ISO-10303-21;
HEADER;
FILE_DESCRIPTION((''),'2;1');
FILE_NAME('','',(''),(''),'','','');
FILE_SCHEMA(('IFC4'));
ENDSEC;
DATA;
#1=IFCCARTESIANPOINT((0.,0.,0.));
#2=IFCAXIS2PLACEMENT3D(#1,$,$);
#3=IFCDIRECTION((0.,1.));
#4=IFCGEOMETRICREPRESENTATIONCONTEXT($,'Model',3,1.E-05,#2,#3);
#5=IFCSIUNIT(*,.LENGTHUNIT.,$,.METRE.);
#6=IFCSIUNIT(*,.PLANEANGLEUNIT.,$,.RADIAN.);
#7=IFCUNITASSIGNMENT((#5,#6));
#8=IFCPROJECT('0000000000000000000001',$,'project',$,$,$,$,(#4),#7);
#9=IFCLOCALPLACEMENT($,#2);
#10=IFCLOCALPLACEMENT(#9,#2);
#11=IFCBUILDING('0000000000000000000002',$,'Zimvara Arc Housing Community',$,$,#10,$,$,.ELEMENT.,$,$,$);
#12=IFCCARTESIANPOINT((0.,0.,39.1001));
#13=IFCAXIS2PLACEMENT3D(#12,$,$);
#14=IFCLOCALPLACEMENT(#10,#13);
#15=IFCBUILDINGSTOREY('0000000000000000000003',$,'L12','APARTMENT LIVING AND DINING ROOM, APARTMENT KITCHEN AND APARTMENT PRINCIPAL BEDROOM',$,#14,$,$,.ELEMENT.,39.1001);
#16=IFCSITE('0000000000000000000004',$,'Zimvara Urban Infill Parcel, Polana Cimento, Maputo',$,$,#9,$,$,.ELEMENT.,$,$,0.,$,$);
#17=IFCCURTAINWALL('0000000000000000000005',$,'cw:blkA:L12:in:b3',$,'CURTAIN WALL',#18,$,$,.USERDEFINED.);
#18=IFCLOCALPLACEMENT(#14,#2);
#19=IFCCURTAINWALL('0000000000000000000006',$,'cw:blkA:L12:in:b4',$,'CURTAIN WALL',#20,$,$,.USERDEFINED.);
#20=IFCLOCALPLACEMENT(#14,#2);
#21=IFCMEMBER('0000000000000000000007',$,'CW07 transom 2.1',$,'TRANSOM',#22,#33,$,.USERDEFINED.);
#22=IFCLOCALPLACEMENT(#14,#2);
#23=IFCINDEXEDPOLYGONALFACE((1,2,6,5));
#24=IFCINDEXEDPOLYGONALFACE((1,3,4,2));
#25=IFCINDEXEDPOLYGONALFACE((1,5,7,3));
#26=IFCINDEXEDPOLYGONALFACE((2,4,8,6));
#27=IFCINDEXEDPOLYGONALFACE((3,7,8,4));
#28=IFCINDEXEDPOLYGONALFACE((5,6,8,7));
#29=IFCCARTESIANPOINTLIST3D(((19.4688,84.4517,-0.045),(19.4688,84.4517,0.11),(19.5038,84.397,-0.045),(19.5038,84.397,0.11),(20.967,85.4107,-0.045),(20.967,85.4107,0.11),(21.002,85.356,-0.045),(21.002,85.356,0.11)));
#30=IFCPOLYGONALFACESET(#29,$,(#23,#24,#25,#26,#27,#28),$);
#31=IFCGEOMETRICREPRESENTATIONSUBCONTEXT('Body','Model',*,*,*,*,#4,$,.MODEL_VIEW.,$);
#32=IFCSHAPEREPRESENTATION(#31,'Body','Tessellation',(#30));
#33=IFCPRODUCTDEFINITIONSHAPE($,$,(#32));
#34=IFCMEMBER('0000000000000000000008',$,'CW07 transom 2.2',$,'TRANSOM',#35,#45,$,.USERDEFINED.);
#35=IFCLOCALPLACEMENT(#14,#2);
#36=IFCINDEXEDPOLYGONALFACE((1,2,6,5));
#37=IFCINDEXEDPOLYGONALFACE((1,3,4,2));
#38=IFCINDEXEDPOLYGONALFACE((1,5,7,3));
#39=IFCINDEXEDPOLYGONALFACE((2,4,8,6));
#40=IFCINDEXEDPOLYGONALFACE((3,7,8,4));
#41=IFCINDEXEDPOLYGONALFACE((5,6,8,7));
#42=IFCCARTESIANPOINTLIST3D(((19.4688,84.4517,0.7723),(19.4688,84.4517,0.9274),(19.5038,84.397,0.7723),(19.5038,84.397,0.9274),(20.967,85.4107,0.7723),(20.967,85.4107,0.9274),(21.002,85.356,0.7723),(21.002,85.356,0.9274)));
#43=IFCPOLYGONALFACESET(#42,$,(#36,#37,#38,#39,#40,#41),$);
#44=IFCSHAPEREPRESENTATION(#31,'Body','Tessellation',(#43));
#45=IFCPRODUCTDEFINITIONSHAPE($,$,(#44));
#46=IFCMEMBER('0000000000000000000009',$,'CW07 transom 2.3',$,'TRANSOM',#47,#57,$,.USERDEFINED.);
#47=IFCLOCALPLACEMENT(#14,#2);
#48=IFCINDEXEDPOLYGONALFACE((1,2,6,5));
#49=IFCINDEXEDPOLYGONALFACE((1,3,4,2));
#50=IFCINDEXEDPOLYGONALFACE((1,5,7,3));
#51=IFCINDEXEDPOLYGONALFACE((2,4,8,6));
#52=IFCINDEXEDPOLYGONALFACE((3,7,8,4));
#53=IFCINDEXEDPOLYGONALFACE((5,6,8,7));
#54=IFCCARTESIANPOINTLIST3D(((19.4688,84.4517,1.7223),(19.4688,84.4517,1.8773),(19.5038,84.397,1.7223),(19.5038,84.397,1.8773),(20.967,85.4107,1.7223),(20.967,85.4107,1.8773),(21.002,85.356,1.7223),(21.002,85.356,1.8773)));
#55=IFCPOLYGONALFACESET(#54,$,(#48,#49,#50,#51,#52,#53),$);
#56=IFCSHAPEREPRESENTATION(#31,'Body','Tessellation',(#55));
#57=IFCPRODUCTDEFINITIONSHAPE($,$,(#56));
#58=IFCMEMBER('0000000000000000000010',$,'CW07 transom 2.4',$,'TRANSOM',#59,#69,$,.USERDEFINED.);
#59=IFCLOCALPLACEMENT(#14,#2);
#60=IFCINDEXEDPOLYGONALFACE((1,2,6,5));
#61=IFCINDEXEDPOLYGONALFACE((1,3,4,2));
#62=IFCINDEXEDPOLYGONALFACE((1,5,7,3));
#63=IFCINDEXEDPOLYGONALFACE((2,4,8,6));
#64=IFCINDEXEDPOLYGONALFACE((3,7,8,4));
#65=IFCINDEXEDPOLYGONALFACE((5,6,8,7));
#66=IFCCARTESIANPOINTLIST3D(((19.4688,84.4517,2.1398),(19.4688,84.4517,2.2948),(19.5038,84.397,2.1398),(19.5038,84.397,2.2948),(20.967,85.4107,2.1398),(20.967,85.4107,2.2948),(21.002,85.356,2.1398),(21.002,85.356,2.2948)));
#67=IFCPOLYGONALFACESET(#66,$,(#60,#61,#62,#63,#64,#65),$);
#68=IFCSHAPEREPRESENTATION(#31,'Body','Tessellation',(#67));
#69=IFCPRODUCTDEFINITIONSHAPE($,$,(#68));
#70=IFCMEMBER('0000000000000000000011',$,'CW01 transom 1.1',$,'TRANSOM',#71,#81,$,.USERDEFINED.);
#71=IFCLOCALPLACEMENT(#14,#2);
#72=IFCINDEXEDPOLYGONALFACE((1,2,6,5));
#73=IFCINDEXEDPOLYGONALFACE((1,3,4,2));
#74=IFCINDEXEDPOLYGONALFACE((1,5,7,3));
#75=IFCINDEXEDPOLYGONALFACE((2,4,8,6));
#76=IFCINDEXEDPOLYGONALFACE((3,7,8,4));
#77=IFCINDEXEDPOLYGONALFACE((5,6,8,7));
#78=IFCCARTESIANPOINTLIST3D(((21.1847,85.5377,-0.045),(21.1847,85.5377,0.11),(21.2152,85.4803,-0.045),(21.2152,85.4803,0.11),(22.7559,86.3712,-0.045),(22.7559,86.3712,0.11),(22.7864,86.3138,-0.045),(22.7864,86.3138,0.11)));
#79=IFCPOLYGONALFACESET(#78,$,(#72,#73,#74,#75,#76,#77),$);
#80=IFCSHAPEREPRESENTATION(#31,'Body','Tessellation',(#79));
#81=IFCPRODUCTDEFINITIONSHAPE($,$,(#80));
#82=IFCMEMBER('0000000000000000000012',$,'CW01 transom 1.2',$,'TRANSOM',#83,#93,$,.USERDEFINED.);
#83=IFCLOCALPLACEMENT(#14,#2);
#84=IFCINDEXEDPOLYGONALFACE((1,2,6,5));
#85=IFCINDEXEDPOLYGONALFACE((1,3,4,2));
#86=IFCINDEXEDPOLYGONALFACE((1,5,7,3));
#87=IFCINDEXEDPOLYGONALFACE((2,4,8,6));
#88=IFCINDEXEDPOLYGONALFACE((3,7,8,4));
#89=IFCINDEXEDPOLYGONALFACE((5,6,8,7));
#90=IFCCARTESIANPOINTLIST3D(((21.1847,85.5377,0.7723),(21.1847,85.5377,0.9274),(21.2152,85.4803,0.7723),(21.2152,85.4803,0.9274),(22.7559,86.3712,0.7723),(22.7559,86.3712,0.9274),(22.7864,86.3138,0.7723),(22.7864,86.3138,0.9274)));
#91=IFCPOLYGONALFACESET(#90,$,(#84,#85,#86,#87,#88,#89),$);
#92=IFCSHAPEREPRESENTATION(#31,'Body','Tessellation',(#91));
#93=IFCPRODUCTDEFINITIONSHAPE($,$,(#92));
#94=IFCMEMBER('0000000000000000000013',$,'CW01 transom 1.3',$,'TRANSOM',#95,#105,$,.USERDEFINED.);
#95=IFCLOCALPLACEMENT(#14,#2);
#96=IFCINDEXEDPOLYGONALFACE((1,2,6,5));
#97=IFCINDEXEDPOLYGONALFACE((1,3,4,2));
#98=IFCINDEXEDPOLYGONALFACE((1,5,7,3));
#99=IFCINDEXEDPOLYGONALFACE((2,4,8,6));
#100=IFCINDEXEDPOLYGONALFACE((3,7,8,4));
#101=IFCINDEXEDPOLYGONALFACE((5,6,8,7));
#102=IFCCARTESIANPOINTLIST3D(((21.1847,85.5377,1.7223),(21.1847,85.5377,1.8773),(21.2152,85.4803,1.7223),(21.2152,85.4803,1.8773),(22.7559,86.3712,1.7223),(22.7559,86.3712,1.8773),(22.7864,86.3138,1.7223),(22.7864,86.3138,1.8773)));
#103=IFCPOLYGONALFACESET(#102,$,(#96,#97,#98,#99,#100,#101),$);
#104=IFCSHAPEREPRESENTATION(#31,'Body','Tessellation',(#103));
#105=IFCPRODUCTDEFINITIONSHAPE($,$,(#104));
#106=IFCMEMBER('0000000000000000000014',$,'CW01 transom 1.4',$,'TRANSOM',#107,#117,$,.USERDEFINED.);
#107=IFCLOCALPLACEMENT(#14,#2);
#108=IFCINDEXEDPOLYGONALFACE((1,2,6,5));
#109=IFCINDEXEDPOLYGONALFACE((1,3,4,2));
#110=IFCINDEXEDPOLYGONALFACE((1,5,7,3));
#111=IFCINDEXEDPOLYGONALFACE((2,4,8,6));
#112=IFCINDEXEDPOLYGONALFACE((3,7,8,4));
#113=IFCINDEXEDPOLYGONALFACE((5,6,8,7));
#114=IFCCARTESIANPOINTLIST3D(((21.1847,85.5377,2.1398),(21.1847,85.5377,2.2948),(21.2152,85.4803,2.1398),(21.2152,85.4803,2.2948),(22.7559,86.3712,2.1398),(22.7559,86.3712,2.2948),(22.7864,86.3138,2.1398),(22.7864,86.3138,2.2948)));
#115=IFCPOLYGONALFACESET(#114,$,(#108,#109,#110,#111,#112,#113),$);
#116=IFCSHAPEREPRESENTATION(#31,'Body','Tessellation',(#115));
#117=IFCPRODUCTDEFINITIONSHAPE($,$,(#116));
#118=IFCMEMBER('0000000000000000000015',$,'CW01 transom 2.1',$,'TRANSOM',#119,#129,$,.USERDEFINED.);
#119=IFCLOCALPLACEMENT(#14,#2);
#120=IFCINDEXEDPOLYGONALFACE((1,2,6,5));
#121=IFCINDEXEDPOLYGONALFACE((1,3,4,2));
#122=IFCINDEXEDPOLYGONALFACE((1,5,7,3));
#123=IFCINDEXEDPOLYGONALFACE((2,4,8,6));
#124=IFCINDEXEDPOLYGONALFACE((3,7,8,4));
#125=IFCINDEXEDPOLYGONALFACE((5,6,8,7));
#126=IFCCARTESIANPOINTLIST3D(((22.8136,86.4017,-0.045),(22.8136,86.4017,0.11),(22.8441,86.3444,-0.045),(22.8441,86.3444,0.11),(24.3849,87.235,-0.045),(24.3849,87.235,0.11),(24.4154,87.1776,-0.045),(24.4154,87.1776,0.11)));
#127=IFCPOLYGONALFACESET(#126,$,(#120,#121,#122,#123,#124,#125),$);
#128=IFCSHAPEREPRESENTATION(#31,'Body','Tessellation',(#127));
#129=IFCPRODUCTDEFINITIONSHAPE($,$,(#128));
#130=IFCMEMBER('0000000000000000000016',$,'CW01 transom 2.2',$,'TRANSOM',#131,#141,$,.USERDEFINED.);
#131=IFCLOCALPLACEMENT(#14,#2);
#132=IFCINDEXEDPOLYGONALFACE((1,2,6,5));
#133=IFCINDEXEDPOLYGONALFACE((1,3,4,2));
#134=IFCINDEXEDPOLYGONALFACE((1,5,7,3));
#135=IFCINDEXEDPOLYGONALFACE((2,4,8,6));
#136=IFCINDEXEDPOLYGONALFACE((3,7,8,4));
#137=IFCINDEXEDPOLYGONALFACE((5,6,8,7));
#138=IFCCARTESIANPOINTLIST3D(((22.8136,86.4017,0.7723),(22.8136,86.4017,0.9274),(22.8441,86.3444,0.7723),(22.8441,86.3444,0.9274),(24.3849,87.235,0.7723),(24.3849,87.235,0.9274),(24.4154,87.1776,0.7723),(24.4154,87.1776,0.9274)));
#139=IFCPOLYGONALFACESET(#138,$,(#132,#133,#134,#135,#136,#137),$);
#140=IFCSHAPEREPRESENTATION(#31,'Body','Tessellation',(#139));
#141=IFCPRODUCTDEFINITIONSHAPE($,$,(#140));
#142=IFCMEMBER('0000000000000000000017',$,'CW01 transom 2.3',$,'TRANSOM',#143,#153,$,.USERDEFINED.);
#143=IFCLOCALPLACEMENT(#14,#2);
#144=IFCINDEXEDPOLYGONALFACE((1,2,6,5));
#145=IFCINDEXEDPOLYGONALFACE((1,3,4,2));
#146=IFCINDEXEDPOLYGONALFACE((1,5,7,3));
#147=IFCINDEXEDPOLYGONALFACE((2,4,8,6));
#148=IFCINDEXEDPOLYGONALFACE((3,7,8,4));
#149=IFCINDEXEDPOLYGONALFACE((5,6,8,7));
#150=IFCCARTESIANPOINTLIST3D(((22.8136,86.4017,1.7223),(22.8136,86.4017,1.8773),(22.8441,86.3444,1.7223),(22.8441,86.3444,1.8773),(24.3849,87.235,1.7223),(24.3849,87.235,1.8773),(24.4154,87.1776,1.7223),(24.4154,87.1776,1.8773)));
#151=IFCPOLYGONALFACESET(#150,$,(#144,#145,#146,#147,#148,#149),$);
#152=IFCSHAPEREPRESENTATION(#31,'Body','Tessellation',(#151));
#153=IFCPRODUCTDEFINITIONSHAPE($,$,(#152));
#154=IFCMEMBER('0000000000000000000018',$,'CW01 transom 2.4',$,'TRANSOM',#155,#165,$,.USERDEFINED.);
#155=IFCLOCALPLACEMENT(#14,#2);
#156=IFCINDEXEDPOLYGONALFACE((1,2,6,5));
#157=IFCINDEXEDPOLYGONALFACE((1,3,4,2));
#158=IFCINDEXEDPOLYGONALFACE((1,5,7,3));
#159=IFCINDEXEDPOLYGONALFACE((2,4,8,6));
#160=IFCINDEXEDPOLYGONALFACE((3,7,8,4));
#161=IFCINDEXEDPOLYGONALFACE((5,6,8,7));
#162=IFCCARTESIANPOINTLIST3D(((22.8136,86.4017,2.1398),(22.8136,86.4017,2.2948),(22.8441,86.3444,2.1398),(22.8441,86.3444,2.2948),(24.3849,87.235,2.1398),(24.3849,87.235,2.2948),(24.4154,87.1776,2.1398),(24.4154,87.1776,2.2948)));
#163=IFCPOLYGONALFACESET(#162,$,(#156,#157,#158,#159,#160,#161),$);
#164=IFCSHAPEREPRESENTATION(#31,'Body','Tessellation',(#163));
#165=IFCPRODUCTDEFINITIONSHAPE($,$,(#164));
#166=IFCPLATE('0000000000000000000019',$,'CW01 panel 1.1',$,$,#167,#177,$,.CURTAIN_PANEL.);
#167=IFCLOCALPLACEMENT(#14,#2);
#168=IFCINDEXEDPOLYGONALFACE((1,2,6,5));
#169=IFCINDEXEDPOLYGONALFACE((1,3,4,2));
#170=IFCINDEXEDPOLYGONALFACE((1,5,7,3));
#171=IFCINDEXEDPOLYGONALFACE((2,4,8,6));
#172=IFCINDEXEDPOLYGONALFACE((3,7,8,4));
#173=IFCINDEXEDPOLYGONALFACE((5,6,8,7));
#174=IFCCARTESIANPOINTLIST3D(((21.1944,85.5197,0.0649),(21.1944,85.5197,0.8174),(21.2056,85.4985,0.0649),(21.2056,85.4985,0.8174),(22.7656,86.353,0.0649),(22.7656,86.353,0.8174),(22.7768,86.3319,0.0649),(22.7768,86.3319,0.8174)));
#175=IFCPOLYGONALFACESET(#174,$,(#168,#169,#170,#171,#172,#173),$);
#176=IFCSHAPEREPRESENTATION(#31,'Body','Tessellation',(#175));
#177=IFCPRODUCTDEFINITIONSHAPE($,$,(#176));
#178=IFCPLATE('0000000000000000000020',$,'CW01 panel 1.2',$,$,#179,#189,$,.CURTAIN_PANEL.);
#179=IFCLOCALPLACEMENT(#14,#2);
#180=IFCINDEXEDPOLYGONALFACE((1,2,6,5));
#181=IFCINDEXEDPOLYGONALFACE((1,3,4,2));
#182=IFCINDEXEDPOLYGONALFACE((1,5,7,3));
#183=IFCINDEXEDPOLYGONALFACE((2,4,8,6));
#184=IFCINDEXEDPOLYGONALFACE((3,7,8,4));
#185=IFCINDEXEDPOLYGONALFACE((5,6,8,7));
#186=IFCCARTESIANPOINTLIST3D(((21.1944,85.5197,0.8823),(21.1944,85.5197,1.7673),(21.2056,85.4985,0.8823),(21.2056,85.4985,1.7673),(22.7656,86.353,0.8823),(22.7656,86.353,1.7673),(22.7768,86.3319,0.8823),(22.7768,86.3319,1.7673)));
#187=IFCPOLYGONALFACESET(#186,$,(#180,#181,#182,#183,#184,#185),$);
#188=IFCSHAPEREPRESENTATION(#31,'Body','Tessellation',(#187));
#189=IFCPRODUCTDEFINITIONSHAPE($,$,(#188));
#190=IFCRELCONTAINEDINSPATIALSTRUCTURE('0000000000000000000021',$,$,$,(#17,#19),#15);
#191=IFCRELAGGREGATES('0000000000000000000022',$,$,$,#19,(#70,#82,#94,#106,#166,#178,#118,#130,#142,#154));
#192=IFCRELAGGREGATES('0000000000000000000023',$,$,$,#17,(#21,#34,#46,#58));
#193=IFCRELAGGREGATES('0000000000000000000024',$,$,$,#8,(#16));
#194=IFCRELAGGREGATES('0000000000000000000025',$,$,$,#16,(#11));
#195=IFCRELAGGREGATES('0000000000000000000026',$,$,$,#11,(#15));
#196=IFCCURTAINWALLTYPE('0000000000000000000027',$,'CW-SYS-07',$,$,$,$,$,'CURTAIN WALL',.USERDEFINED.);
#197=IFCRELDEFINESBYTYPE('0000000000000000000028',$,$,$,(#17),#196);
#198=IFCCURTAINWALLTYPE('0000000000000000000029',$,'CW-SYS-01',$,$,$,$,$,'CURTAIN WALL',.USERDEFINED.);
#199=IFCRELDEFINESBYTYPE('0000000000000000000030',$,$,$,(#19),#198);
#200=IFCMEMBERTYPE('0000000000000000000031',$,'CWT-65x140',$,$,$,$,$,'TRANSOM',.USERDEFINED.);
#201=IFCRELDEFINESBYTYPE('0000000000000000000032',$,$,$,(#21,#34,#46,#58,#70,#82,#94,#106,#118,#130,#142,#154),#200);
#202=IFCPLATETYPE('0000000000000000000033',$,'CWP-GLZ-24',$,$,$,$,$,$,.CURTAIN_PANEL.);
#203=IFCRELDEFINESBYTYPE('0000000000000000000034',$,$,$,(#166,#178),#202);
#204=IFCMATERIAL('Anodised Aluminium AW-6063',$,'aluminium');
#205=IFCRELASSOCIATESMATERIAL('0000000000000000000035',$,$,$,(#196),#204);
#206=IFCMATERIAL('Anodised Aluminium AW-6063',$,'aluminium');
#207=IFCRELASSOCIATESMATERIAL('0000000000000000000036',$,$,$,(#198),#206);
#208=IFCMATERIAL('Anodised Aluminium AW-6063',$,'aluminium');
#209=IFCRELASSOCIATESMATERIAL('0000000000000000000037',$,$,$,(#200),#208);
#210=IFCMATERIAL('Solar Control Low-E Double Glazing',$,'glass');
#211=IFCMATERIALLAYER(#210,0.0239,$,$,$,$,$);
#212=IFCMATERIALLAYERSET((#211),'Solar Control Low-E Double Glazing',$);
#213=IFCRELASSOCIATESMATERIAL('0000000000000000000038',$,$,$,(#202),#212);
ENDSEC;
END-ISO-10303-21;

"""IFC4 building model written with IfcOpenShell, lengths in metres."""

from ifc_helpers import new_model, si_unit, direction, frame, origin, origin_2d, place, context, subcontext, project, spatial, rectangle, extrude, material, layer, layer_set, material_profile, profile_set, type_object, element, aggregate, save


model = new_model("IFC4")

# Units and contexts
model_context = context("Model", 3, precision=1e-05, world=origin(), true_north=direction((0.0, 1.0)))
body_context = subcontext(model_context, "Body", "Model", "MODEL_VIEW")
ifc_project = project(units=[si_unit("LENGTHUNIT", "METRE"), si_unit("PLANEANGLEUNIT", "RADIAN")], contexts=[model_context])

# Site, building, storey
site_placement = place(None, origin())
site = spatial("IfcSite", under=ifc_project, at=site_placement, Name="Zimvara Urban Infill Parcel, Polana Cimento, Maputo", CompositionType="ELEMENT", RefElevation=0.0)
building_placement = place(site_placement, origin())
building = spatial("IfcBuilding", under=site, at=building_placement, Name="Zimvara Arc Housing Community", CompositionType="ELEMENT")
storey_placement = place(building_placement, frame((0.0, 0.0, 39.1001)))
storey = spatial("IfcBuildingStorey", under=building, at=storey_placement, Name="L12", Description="APARTMENT LIVING AND DINING ROOM, APARTMENT KITCHEN AND APARTMENT PRINCIPAL BEDROOM", CompositionType="ELEMENT", Elevation=39.1001)

# Curtain walls
ifc_material_1 = material(Name="Anodised Aluminium AW-6063", Category="aluminium")
curtain_wall_type_1 = type_object("IfcCurtainWallType", Name="CW-SYS-07", ElementType="CURTAIN WALL", PredefinedType="USERDEFINED", material=ifc_material_1)
curtain_wall_1_placement = place(storey_placement, origin())
curtain_wall_1 = element("IfcCurtainWall", 1, at=curtain_wall_1_placement, inside=storey, type_object=curtain_wall_type_1, Name="cw:blkA:L12:in:b3", ObjectType="CURTAIN WALL", PredefinedType="USERDEFINED")
ifc_material_2 = material(Name="Anodised Aluminium AW-6063", Category="aluminium")
curtain_wall_type_2 = type_object("IfcCurtainWallType", Name="CW-SYS-01", ElementType="CURTAIN WALL", PredefinedType="USERDEFINED", material=ifc_material_2)
curtain_wall_2_placement = place(storey_placement, origin())
curtain_wall_2 = element("IfcCurtainWall", 2, at=curtain_wall_2_placement, inside=storey, type_object=curtain_wall_type_2, Name="cw:blkA:L12:in:b4", ObjectType="CURTAIN WALL", PredefinedType="USERDEFINED")

# Members
ifc_material_3 = material(Name="Anodised Aluminium AW-6063", Category="aluminium")
ifc_material_profile_1 = material_profile(ifc_material_3, rectangle(XDim=0.0649, YDim=0.155, at=origin_2d()), Name="ALU 65x155")
ifc_profile_set_1 = profile_set([ifc_material_profile_1], Name="Anodised Aluminium AW-6063")
member_type_1 = type_object("IfcMemberType", Name="CWT-65x140", ElementType="TRANSOM", PredefinedType="USERDEFINED", material=ifc_profile_set_1)
member_1_placement = place(storey_placement, frame((19.4863, 84.4243, 0.0325), z_axis=(0.842212, 0.539147, 0.0), x_axis=(-0.539147, 0.842212, 0.0)))
member_1 = element("IfcMember", 3, at=member_1_placement, type_object=member_type_1, Name="CW07 transom 2.1", ObjectType="TRANSOM", PredefinedType="USERDEFINED", context=body_context, shape_type="SweptSolid", body=[
    extrude(rectangle(XDim=0.0649, YDim=0.155, at=origin_2d()), origin(), (0.0, 0.0, 1.0), 1.7788),
])
member_2_placement = place(storey_placement, frame((19.4863, 84.4243, 0.8499), z_axis=(0.842212, 0.539147, 0.0), x_axis=(-0.539147, 0.842212, 0.0)))
member_2 = element("IfcMember", 4, at=member_2_placement, type_object=member_type_1, Name="CW07 transom 2.2", ObjectType="TRANSOM", PredefinedType="USERDEFINED", context=body_context, shape_type="SweptSolid", body=[
    extrude(rectangle(XDim=0.0649, YDim=0.155, at=origin_2d()), origin(), (0.0, 0.0, 1.0), 1.7788),
])
member_3_placement = place(storey_placement, frame((19.4863, 84.4243, 1.7998), z_axis=(0.842212, 0.539147, 0.0), x_axis=(-0.539147, 0.842212, 0.0)))
member_3 = element("IfcMember", 5, at=member_3_placement, type_object=member_type_1, Name="CW07 transom 2.3", ObjectType="TRANSOM", PredefinedType="USERDEFINED", context=body_context, shape_type="SweptSolid", body=[
    extrude(rectangle(XDim=0.0649, YDim=0.155, at=origin_2d()), origin(), (0.0, 0.0, 1.0), 1.7788),
])
member_4_placement = place(storey_placement, frame((19.4863, 84.4243, 2.2173), z_axis=(0.842212, 0.539147, 0.0), x_axis=(-0.539147, 0.842212, 0.0)))
member_4 = element("IfcMember", 6, at=member_4_placement, type_object=member_type_1, Name="CW07 transom 2.4", ObjectType="TRANSOM", PredefinedType="USERDEFINED", context=body_context, shape_type="SweptSolid", body=[
    extrude(rectangle(XDim=0.0649, YDim=0.155, at=origin_2d()), origin(), (0.0, 0.0, 1.0), 1.7788),
])
member_5_placement = place(storey_placement, frame((21.2, 85.509, 0.0325), z_axis=(0.883407, 0.468607, 0.0), x_axis=(-0.468607, 0.883407, 0.0)))
member_5 = element("IfcMember", 7, at=member_5_placement, type_object=member_type_1, Name="CW01 transom 1.1", ObjectType="TRANSOM", PredefinedType="USERDEFINED", context=body_context, shape_type="SweptSolid", body=[
    extrude(rectangle(XDim=0.0649, YDim=0.155, at=origin_2d()), origin(), (0.0, 0.0, 1.0), 1.7786),
])
member_6_placement = place(storey_placement, frame((21.2, 85.509, 0.8499), z_axis=(0.883407, 0.468607, 0.0), x_axis=(-0.468607, 0.883407, 0.0)))
member_6 = element("IfcMember", 8, at=member_6_placement, type_object=member_type_1, Name="CW01 transom 1.2", ObjectType="TRANSOM", PredefinedType="USERDEFINED", context=body_context, shape_type="SweptSolid", body=[
    extrude(rectangle(XDim=0.0649, YDim=0.155, at=origin_2d()), origin(), (0.0, 0.0, 1.0), 1.7786),
])
member_7_placement = place(storey_placement, frame((21.2, 85.509, 1.7998), z_axis=(0.883407, 0.468607, 0.0), x_axis=(-0.468607, 0.883407, 0.0)))
member_7 = element("IfcMember", 9, at=member_7_placement, type_object=member_type_1, Name="CW01 transom 1.3", ObjectType="TRANSOM", PredefinedType="USERDEFINED", context=body_context, shape_type="SweptSolid", body=[
    extrude(rectangle(XDim=0.0649, YDim=0.155, at=origin_2d()), origin(), (0.0, 0.0, 1.0), 1.7786),
])
member_8_placement = place(storey_placement, frame((21.2, 85.509, 2.2173), z_axis=(0.883407, 0.468607, 0.0), x_axis=(-0.468607, 0.883407, 0.0)))
member_8 = element("IfcMember", 10, at=member_8_placement, type_object=member_type_1, Name="CW01 transom 1.4", ObjectType="TRANSOM", PredefinedType="USERDEFINED", context=body_context, shape_type="SweptSolid", body=[
    extrude(rectangle(XDim=0.0649, YDim=0.155, at=origin_2d()), origin(), (0.0, 0.0, 1.0), 1.7786),
])
member_9_placement = place(storey_placement, frame((22.8289, 86.373, 0.0325), z_axis=(0.883464, 0.468499, 0.0), x_axis=(-0.468499, 0.883464, 0.0)))
member_9 = element("IfcMember", 11, at=member_9_placement, type_object=member_type_1, Name="CW01 transom 2.1", ObjectType="TRANSOM", PredefinedType="USERDEFINED", context=body_context, shape_type="SweptSolid", body=[
    extrude(rectangle(XDim=0.0649, YDim=0.155, at=origin_2d()), origin(), (0.0, 0.0, 1.0), 1.7786),
])
member_10_placement = place(storey_placement, frame((22.8289, 86.373, 0.8499), z_axis=(0.883464, 0.468499, 0.0), x_axis=(-0.468499, 0.883464, 0.0)))
member_10 = element("IfcMember", 12, at=member_10_placement, type_object=member_type_1, Name="CW01 transom 2.2", ObjectType="TRANSOM", PredefinedType="USERDEFINED", context=body_context, shape_type="SweptSolid", body=[
    extrude(rectangle(XDim=0.0649, YDim=0.155, at=origin_2d()), origin(), (0.0, 0.0, 1.0), 1.7786),
])
member_11_placement = place(storey_placement, frame((22.8289, 86.373, 1.7998), z_axis=(0.883464, 0.468499, 0.0), x_axis=(-0.468499, 0.883464, 0.0)))
member_11 = element("IfcMember", 13, at=member_11_placement, type_object=member_type_1, Name="CW01 transom 2.3", ObjectType="TRANSOM", PredefinedType="USERDEFINED", context=body_context, shape_type="SweptSolid", body=[
    extrude(rectangle(XDim=0.0649, YDim=0.155, at=origin_2d()), origin(), (0.0, 0.0, 1.0), 1.7786),
])
member_12_placement = place(storey_placement, frame((22.8289, 86.373, 2.2173), z_axis=(0.883464, 0.468499, 0.0), x_axis=(-0.468499, 0.883464, 0.0)))
member_12 = element("IfcMember", 14, at=member_12_placement, type_object=member_type_1, Name="CW01 transom 2.4", ObjectType="TRANSOM", PredefinedType="USERDEFINED", context=body_context, shape_type="SweptSolid", body=[
    extrude(rectangle(XDim=0.0649, YDim=0.155, at=origin_2d()), origin(), (0.0, 0.0, 1.0), 1.7786),
])

# Plates
ifc_material_4 = material(Name="Solar Control Low-E Double Glazing", Category="glass")
ifc_layer_1 = layer(ifc_material_4, 0.0239)
ifc_layer_set_1 = layer_set([ifc_layer_1], Name="Solar Control Low-E Double Glazing")
plate_type_1 = type_object("IfcPlateType", Name="CWP-GLZ-24", PredefinedType="CURTAIN_PANEL", material=ifc_layer_set_1)
plate_1_placement = place(storey_placement, frame((21.9856, 85.9258, 0.0649), z_axis=(0.0, 0.0, 1.0), x_axis=(0.883439, 0.468547, 0.0)))
plate_1 = element("IfcPlate", 15, at=plate_1_placement, type_object=plate_type_1, Name="CW01 panel 1.1", PredefinedType="CURTAIN_PANEL", context=body_context, shape_type="SweptSolid", body=[
    extrude(rectangle(XDim=1.7786, YDim=0.0239, at=origin_2d()), origin(), (0.0, 0.0, 1.0), 0.7524),
])
plate_2_placement = place(storey_placement, frame((21.9856, 85.9258, 0.8823), z_axis=(0.0, 0.0, 1.0), x_axis=(0.883439, 0.468547, 0.0)))
plate_2 = element("IfcPlate", 16, at=plate_2_placement, type_object=plate_type_1, Name="CW01 panel 1.2", PredefinedType="CURTAIN_PANEL", context=body_context, shape_type="SweptSolid", body=[
    extrude(rectangle(XDim=1.7786, YDim=0.0239, at=origin_2d()), origin(), (0.0, 0.0, 1.0), 0.885),
])
aggregate(curtain_wall_2, [member_5, member_6, member_7, member_8, plate_1, plate_2, member_9, member_10, member_11, member_12])
aggregate(curtain_wall_1, [member_1, member_2, member_3, member_4])

save(model, "model.ifc")
